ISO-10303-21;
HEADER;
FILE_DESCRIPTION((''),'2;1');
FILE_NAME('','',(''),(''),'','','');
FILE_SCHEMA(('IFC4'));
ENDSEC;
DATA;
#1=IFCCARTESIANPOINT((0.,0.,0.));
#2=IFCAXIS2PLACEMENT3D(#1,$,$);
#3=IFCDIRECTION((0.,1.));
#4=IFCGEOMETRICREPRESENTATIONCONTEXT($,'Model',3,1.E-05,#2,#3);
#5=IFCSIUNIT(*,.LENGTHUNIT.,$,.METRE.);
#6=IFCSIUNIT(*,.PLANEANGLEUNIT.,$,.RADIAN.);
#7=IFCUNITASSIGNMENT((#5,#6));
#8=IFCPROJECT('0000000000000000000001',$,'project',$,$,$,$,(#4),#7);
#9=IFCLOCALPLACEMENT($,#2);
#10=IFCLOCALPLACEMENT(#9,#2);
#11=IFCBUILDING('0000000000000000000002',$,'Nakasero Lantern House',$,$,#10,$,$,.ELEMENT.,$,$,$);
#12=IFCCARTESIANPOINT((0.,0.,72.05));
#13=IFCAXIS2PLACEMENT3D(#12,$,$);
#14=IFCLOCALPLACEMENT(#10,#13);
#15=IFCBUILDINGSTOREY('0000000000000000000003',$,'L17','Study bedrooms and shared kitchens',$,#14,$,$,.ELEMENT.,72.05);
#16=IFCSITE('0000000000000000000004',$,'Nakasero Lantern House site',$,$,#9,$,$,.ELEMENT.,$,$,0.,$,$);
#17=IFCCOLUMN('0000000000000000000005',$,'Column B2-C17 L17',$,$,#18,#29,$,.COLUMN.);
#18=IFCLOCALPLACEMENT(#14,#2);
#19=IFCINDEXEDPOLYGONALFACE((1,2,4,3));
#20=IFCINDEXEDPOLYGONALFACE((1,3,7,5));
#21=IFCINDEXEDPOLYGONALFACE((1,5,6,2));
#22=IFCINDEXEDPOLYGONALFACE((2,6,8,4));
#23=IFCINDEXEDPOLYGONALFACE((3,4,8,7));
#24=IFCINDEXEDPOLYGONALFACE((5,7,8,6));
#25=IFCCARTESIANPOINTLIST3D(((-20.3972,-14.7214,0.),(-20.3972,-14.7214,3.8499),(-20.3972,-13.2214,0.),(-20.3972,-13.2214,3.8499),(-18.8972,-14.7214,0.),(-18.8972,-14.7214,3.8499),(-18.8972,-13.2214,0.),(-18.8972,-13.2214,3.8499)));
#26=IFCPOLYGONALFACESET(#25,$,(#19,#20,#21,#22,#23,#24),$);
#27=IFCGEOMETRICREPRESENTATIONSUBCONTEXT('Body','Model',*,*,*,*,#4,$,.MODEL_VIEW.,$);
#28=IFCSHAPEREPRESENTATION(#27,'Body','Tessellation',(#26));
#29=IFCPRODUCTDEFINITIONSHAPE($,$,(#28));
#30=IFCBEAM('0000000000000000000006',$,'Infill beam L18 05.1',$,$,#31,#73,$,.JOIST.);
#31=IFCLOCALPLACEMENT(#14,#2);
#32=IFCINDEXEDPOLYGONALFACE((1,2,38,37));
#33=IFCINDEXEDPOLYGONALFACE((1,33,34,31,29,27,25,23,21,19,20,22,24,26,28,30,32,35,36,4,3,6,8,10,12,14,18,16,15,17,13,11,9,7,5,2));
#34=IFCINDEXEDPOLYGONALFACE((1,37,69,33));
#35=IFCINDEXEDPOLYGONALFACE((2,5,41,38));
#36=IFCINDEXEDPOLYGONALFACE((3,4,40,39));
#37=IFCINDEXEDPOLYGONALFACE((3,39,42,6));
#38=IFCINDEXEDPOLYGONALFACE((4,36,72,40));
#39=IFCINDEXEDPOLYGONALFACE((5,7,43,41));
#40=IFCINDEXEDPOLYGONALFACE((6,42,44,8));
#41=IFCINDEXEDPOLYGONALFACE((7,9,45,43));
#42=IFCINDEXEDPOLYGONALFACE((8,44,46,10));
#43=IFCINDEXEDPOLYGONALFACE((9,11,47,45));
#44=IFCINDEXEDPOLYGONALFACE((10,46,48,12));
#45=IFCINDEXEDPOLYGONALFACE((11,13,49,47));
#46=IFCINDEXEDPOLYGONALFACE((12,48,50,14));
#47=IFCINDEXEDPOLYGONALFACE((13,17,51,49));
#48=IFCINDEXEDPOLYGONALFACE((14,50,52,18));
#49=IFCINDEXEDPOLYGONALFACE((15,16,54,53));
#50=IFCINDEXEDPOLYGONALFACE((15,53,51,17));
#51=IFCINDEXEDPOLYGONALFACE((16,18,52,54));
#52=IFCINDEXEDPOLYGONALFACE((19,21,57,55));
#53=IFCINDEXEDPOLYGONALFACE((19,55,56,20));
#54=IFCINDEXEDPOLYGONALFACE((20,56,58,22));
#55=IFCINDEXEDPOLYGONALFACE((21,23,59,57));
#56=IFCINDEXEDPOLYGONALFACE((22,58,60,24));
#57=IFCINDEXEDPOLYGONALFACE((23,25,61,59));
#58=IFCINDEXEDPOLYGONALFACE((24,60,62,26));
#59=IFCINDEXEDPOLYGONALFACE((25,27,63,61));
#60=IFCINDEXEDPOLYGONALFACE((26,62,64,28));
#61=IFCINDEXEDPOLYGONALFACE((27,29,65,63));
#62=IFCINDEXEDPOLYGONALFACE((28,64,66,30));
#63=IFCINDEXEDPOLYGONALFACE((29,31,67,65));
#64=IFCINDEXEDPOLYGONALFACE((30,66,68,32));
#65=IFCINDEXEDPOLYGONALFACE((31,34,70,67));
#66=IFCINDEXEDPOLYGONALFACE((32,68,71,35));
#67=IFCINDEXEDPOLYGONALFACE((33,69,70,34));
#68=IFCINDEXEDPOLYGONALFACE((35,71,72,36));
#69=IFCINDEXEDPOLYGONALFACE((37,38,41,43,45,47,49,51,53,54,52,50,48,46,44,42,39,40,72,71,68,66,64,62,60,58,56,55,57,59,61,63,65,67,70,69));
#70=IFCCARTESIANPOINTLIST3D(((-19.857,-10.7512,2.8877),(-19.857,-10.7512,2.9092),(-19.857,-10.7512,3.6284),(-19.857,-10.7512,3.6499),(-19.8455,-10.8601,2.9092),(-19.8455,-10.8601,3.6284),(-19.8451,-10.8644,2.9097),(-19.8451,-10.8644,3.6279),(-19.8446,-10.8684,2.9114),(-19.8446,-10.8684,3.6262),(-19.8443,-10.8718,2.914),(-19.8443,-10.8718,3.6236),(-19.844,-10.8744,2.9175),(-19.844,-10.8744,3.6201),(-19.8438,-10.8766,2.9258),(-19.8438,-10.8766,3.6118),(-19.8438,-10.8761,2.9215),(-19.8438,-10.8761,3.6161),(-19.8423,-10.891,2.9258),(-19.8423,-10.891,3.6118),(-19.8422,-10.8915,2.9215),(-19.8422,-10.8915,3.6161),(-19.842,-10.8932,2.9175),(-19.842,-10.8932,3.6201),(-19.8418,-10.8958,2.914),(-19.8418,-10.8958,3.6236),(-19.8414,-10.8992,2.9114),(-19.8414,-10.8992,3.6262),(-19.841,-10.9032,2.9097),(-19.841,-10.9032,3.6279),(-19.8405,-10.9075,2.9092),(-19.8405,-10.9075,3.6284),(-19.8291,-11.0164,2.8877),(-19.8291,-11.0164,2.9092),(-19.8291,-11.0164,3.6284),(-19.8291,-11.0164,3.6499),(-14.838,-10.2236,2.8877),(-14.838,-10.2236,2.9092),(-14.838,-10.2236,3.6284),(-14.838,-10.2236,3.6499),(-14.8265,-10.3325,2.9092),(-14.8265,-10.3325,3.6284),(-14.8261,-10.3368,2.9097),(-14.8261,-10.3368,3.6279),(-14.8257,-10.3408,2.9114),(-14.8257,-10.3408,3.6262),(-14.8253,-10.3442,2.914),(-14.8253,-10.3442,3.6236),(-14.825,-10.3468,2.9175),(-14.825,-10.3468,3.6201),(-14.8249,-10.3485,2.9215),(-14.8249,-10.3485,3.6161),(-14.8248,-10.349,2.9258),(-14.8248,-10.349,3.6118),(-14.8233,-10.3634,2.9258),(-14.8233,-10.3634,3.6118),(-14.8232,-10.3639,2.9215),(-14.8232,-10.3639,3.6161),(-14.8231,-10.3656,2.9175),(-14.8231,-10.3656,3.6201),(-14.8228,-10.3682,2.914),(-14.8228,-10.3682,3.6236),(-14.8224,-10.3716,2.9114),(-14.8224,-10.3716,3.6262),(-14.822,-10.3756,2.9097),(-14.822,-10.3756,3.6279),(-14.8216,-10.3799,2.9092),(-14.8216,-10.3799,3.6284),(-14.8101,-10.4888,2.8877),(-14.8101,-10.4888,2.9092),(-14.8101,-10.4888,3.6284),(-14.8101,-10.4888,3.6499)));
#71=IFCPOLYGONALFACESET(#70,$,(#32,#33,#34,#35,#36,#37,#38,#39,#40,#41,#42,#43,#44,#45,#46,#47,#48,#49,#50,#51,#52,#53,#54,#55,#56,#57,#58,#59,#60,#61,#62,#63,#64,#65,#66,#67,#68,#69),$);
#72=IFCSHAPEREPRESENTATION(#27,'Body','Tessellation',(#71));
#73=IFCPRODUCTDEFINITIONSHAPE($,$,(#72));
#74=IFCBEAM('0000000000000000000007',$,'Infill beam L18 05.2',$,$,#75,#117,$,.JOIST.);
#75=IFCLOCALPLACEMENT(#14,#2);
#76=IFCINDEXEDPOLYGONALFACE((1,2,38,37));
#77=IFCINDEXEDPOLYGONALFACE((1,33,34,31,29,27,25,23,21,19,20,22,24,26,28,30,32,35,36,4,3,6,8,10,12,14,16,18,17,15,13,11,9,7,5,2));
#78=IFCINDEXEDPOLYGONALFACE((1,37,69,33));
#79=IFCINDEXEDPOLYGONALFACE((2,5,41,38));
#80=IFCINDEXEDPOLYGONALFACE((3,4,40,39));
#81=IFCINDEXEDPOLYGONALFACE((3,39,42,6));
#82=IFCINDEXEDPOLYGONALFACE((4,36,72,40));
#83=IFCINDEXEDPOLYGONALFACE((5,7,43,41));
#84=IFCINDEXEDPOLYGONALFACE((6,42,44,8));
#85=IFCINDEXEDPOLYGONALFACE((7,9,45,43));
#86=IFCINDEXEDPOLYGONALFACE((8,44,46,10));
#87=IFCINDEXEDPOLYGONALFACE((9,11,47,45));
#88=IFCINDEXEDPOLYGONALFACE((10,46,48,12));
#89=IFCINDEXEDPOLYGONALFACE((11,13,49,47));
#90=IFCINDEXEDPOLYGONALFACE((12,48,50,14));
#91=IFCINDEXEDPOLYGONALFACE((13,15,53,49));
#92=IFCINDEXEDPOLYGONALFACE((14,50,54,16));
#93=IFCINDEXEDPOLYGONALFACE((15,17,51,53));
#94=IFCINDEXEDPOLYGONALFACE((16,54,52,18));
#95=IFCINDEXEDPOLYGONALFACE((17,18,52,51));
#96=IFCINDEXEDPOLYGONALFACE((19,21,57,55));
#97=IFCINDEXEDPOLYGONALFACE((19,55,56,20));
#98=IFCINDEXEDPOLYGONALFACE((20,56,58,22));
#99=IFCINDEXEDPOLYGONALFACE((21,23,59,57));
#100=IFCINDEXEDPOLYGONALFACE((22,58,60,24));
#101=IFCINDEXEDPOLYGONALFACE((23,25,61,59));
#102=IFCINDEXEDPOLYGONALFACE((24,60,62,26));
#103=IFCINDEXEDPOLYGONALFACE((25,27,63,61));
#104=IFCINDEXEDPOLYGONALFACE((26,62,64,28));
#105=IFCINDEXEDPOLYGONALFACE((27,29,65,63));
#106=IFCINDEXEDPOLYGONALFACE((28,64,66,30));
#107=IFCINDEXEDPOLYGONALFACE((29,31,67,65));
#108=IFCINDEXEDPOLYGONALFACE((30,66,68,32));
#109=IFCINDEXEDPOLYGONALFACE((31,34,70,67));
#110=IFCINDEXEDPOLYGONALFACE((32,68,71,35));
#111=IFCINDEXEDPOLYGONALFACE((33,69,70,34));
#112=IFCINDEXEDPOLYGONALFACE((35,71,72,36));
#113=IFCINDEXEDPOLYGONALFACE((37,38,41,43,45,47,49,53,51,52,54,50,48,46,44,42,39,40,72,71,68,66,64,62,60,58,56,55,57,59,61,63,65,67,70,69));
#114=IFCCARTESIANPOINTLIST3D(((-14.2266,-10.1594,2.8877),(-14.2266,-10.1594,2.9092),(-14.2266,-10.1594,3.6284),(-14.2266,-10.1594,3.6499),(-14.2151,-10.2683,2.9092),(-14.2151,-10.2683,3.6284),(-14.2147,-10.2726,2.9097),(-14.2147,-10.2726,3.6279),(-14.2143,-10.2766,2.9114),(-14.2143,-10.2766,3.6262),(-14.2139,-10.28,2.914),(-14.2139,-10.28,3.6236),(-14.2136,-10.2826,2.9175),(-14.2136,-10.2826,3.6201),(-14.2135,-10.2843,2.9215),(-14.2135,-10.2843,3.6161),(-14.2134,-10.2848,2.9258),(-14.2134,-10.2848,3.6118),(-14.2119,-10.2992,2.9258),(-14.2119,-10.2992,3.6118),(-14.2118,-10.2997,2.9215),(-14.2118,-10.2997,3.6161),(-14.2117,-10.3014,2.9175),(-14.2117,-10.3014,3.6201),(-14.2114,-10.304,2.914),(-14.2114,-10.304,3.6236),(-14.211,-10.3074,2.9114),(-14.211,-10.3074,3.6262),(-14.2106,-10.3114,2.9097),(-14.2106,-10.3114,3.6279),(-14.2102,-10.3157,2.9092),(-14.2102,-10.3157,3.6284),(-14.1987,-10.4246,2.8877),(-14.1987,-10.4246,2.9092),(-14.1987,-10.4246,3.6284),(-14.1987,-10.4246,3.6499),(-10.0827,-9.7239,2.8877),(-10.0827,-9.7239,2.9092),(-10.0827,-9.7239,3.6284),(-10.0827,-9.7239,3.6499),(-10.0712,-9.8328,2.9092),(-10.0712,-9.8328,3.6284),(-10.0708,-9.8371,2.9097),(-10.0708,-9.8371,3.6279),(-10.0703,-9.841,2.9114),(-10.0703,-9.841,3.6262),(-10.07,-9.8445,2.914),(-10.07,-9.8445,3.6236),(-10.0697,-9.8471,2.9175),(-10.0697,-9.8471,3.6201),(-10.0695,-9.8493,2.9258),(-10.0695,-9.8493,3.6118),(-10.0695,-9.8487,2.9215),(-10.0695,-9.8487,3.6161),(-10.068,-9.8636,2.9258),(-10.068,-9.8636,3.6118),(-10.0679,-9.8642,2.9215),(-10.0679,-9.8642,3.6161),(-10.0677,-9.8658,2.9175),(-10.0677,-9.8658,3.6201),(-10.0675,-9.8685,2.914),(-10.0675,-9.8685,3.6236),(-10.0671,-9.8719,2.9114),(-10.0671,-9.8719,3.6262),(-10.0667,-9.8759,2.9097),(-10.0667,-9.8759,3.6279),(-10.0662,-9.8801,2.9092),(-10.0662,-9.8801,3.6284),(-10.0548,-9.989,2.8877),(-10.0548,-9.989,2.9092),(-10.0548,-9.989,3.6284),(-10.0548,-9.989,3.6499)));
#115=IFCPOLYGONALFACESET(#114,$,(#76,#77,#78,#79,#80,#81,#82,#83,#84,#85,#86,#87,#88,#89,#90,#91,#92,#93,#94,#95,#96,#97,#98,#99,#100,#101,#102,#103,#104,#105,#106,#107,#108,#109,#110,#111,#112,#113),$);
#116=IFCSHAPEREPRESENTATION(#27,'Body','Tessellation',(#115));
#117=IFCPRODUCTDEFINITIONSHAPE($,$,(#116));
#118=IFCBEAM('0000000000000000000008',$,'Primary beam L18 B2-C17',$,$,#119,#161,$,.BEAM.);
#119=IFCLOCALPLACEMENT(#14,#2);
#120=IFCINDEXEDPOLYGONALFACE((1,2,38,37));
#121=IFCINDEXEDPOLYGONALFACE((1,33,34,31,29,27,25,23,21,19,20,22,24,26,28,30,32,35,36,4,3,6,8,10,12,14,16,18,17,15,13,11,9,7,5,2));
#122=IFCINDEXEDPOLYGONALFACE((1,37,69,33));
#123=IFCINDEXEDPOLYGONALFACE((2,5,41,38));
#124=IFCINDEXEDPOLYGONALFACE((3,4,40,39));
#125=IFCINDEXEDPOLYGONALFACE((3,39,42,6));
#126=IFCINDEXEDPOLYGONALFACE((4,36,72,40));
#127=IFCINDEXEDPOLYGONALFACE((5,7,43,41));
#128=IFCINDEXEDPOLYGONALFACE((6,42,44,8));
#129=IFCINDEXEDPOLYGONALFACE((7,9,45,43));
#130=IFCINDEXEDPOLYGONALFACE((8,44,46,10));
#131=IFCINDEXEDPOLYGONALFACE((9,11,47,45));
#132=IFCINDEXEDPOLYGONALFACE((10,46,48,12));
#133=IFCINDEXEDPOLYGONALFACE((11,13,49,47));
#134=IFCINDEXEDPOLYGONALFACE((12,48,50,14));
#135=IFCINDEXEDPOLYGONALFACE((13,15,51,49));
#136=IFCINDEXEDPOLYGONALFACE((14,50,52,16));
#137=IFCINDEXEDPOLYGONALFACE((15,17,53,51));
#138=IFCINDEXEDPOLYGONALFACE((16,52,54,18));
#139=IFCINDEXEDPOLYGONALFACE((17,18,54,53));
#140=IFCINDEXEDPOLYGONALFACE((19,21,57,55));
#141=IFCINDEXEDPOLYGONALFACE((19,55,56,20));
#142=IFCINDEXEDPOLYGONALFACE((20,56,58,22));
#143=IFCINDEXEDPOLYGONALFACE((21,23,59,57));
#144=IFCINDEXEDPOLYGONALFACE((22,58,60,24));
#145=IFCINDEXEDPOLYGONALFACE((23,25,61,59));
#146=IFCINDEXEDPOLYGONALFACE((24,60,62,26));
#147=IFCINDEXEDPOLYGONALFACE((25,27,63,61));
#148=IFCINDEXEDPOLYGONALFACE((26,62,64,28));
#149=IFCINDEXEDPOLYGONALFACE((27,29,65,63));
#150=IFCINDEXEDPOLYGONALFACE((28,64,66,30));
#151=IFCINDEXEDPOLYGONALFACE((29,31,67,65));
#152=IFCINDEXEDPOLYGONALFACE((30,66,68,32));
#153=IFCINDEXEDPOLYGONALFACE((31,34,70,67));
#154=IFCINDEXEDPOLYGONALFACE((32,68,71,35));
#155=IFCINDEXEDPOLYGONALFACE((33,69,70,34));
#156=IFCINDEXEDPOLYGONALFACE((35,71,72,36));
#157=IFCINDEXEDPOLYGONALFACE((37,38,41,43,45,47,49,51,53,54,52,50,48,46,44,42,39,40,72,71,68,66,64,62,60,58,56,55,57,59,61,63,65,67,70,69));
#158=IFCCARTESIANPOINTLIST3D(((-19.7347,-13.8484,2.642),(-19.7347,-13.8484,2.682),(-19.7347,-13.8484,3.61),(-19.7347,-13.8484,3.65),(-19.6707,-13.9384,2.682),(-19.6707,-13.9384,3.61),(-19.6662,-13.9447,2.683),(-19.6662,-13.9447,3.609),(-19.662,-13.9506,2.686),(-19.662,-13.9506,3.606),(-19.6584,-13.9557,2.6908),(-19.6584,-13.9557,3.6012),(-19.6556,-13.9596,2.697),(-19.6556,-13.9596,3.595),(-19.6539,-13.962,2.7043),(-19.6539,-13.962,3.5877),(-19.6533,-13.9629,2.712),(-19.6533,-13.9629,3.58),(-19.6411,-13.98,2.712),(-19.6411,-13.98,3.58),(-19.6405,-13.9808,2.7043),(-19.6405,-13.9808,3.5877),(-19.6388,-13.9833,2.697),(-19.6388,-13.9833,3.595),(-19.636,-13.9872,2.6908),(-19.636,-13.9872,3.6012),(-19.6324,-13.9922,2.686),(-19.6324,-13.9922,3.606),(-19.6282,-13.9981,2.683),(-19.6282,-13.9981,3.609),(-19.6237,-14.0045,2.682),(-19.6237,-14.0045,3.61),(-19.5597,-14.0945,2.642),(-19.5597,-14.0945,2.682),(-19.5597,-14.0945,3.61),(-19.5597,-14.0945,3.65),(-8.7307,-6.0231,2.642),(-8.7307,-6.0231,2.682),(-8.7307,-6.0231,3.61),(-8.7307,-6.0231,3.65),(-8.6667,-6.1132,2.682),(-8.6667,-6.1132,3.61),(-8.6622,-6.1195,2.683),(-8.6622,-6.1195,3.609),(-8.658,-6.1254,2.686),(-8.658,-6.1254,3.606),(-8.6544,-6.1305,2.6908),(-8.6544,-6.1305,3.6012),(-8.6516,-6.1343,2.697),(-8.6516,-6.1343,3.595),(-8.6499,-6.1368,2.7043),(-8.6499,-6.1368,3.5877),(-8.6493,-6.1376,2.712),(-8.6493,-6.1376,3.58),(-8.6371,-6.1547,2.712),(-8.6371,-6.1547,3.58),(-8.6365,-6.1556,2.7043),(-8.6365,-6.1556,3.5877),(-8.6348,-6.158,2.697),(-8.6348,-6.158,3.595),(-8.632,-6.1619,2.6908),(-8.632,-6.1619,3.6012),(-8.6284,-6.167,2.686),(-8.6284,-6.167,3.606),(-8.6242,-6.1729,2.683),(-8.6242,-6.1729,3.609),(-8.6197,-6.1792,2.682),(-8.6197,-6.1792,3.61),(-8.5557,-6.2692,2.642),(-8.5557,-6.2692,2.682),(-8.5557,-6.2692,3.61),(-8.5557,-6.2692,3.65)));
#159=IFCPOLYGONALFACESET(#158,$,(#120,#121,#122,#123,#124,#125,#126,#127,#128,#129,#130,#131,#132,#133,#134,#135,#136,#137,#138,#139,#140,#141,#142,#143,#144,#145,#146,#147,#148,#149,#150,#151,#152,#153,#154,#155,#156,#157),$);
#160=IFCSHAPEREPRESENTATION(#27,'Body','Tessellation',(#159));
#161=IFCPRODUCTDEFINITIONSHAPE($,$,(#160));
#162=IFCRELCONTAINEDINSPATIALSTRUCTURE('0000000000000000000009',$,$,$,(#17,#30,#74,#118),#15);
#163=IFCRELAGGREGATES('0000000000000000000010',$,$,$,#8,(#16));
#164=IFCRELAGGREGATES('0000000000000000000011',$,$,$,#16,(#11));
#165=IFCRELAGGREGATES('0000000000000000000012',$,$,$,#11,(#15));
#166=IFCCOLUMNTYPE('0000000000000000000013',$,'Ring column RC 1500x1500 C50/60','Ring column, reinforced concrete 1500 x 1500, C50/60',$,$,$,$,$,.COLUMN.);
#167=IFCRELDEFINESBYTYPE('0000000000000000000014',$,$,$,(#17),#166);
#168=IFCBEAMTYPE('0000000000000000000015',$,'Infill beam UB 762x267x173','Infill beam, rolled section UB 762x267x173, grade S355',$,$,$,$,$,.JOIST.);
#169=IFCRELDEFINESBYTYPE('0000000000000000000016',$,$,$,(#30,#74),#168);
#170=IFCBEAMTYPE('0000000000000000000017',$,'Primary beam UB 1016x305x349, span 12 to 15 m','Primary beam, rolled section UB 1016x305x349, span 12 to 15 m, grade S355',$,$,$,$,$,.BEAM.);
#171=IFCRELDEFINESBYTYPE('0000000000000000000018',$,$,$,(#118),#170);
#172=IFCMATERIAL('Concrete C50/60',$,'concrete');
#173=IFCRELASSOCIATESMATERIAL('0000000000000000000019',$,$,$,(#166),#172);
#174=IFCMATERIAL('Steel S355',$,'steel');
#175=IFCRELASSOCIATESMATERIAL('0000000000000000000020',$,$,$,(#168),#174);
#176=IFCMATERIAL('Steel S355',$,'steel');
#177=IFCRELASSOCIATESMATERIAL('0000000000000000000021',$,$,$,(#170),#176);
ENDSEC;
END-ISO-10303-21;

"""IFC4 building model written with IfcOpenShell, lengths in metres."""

from ifc_helpers import new_model, si_unit, direction, frame, origin, origin_2d, place, context, subcontext, project, spatial, rectangle, i_section, extrude, material, material_profile, profile_set, type_object, element, save


model = new_model("IFC4")

# Units and contexts
model_context = context("Model", 3, precision=1e-05, world=origin(), true_north=direction((0.0, 1.0)))
body_context = subcontext(model_context, "Body", "Model", "MODEL_VIEW")
ifc_project = project(units=[si_unit("LENGTHUNIT", "METRE"), si_unit("PLANEANGLEUNIT", "RADIAN")], contexts=[model_context])

# Site, building, storey
site_placement = place(None, origin())
site = spatial("IfcSite", under=ifc_project, at=site_placement, Name="Nakasero Lantern House site", CompositionType="ELEMENT", RefElevation=0.0)
building_placement = place(site_placement, origin())
building = spatial("IfcBuilding", under=site, at=building_placement, Name="Nakasero Lantern House", CompositionType="ELEMENT")
storey_placement = place(building_placement, frame((0.0, 0.0, 72.05)))
storey = spatial("IfcBuildingStorey", under=building, at=storey_placement, Name="L17", Description="Study bedrooms and shared kitchens", CompositionType="ELEMENT", Elevation=72.05)

# Column
ifc_material_1 = material(Name="Concrete C50/60", Category="concrete")
ifc_material_profile_1 = material_profile(ifc_material_1, rectangle(XDim=1.5, YDim=1.5, at=origin_2d()), Name="RC 1500x1500")
ifc_profile_set_1 = profile_set([ifc_material_profile_1], Name="Concrete C50/60")
column_type = type_object("IfcColumnType", Name="Ring column RC 1500x1500 C50/60", Description="Ring column, reinforced concrete 1500 x 1500, C50/60", PredefinedType="COLUMN", material=ifc_profile_set_1)
column_placement = place(storey_placement, frame((-19.6472, -13.9714, 0.0), z_axis=(0.0, 0.0, 1.0), x_axis=(1.0, 0.0, 0.0)))
element("IfcColumn", 1, at=column_placement, inside=storey, type_object=column_type, Name="Column B2-C17 L17", PredefinedType="COLUMN", context=body_context, shape_type="SweptSolid", body=[
    extrude(rectangle(XDim=1.5, YDim=1.5, at=origin_2d()), origin(), (0.0, 0.0, 1.0), 3.8499),
])

# Beams
ifc_material_2 = material(Name="Steel S355", Category="steel")
ifc_material_profile_2 = material_profile(ifc_material_2, i_section(OverallWidth=0.2666, OverallDepth=0.7622, WebThickness=0.0144, FlangeThickness=0.0215, FilletRadius=0.0166, at=origin_2d()), Name="UB 762x267x173")
ifc_profile_set_2 = profile_set([ifc_material_profile_2], Name="Steel S355")
beam_type_1 = type_object("IfcBeamType", Name="Infill beam UB 762x267x173", Description="Infill beam, rolled section UB 762x267x173, grade S355", PredefinedType="JOIST", material=ifc_profile_set_2)
beam_1_placement = place(storey_placement, frame((-19.843, -10.8838, 3.2688), z_axis=(0.994521, 0.104541, 0.0), x_axis=(-0.104541, 0.994521, 0.0)))
element("IfcBeam", 2, at=beam_1_placement, inside=storey, type_object=beam_type_1, Name="Infill beam L18 05.1", PredefinedType="JOIST", context=body_context, shape_type="SweptSolid", body=[
    extrude(i_section(OverallWidth=0.2666, OverallDepth=0.7622, WebThickness=0.0144, FlangeThickness=0.0215, FilletRadius=0.0166, at=origin_2d()), origin(), (0.0, 0.0, 1.0), 5.0466),
])
beam_2_placement = place(storey_placement, frame((-14.2126, -10.292, 3.2688), z_axis=(0.994522, 0.104526, 0.0), x_axis=(-0.104526, 0.994522, 0.0)))
element("IfcBeam", 3, at=beam_2_placement, inside=storey, type_object=beam_type_1, Name="Infill beam L18 05.2", PredefinedType="JOIST", context=body_context, shape_type="SweptSolid", body=[
    extrude(i_section(OverallWidth=0.2666, OverallDepth=0.7622, WebThickness=0.0144, FlangeThickness=0.0215, FilletRadius=0.0166, at=origin_2d()), origin(), (0.0, 0.0, 1.0), 4.1667),
])
ifc_material_3 = material(Name="Steel S355", Category="steel")
ifc_material_profile_3 = material_profile(ifc_material_3, i_section(OverallWidth=0.302, OverallDepth=1.0081, WebThickness=0.021, FlangeThickness=0.04, FilletRadius=0.03, at=origin_2d()), Name="UB 1016x305x349")
ifc_profile_set_3 = profile_set([ifc_material_profile_3], Name="Steel S355")
beam_type_2 = type_object("IfcBeamType", Name="Primary beam UB 1016x305x349, span 12 to 15 m", Description="Primary beam, rolled section UB 1016x305x349, span 12 to 15 m, grade S355", PredefinedType="BEAM", material=ifc_profile_set_3)
beam_3_placement = place(storey_placement, frame((-19.6472, -13.9714, 3.146), z_axis=(0.814948, 0.579533, 0.0), x_axis=(-0.579533, 0.814948, 0.0)))
element("IfcBeam", 4, at=beam_3_placement, inside=storey, type_object=beam_type_2, Name="Primary beam L18 B2-C17", PredefinedType="BEAM", context=body_context, shape_type="SweptSolid", body=[
    extrude(i_section(OverallWidth=0.302, OverallDepth=1.0081, WebThickness=0.021, FlangeThickness=0.04, FilletRadius=0.03, at=origin_2d()), origin(), (0.0, 0.0, 1.0), 13.5027),
])

save(model, "model.ifc")
